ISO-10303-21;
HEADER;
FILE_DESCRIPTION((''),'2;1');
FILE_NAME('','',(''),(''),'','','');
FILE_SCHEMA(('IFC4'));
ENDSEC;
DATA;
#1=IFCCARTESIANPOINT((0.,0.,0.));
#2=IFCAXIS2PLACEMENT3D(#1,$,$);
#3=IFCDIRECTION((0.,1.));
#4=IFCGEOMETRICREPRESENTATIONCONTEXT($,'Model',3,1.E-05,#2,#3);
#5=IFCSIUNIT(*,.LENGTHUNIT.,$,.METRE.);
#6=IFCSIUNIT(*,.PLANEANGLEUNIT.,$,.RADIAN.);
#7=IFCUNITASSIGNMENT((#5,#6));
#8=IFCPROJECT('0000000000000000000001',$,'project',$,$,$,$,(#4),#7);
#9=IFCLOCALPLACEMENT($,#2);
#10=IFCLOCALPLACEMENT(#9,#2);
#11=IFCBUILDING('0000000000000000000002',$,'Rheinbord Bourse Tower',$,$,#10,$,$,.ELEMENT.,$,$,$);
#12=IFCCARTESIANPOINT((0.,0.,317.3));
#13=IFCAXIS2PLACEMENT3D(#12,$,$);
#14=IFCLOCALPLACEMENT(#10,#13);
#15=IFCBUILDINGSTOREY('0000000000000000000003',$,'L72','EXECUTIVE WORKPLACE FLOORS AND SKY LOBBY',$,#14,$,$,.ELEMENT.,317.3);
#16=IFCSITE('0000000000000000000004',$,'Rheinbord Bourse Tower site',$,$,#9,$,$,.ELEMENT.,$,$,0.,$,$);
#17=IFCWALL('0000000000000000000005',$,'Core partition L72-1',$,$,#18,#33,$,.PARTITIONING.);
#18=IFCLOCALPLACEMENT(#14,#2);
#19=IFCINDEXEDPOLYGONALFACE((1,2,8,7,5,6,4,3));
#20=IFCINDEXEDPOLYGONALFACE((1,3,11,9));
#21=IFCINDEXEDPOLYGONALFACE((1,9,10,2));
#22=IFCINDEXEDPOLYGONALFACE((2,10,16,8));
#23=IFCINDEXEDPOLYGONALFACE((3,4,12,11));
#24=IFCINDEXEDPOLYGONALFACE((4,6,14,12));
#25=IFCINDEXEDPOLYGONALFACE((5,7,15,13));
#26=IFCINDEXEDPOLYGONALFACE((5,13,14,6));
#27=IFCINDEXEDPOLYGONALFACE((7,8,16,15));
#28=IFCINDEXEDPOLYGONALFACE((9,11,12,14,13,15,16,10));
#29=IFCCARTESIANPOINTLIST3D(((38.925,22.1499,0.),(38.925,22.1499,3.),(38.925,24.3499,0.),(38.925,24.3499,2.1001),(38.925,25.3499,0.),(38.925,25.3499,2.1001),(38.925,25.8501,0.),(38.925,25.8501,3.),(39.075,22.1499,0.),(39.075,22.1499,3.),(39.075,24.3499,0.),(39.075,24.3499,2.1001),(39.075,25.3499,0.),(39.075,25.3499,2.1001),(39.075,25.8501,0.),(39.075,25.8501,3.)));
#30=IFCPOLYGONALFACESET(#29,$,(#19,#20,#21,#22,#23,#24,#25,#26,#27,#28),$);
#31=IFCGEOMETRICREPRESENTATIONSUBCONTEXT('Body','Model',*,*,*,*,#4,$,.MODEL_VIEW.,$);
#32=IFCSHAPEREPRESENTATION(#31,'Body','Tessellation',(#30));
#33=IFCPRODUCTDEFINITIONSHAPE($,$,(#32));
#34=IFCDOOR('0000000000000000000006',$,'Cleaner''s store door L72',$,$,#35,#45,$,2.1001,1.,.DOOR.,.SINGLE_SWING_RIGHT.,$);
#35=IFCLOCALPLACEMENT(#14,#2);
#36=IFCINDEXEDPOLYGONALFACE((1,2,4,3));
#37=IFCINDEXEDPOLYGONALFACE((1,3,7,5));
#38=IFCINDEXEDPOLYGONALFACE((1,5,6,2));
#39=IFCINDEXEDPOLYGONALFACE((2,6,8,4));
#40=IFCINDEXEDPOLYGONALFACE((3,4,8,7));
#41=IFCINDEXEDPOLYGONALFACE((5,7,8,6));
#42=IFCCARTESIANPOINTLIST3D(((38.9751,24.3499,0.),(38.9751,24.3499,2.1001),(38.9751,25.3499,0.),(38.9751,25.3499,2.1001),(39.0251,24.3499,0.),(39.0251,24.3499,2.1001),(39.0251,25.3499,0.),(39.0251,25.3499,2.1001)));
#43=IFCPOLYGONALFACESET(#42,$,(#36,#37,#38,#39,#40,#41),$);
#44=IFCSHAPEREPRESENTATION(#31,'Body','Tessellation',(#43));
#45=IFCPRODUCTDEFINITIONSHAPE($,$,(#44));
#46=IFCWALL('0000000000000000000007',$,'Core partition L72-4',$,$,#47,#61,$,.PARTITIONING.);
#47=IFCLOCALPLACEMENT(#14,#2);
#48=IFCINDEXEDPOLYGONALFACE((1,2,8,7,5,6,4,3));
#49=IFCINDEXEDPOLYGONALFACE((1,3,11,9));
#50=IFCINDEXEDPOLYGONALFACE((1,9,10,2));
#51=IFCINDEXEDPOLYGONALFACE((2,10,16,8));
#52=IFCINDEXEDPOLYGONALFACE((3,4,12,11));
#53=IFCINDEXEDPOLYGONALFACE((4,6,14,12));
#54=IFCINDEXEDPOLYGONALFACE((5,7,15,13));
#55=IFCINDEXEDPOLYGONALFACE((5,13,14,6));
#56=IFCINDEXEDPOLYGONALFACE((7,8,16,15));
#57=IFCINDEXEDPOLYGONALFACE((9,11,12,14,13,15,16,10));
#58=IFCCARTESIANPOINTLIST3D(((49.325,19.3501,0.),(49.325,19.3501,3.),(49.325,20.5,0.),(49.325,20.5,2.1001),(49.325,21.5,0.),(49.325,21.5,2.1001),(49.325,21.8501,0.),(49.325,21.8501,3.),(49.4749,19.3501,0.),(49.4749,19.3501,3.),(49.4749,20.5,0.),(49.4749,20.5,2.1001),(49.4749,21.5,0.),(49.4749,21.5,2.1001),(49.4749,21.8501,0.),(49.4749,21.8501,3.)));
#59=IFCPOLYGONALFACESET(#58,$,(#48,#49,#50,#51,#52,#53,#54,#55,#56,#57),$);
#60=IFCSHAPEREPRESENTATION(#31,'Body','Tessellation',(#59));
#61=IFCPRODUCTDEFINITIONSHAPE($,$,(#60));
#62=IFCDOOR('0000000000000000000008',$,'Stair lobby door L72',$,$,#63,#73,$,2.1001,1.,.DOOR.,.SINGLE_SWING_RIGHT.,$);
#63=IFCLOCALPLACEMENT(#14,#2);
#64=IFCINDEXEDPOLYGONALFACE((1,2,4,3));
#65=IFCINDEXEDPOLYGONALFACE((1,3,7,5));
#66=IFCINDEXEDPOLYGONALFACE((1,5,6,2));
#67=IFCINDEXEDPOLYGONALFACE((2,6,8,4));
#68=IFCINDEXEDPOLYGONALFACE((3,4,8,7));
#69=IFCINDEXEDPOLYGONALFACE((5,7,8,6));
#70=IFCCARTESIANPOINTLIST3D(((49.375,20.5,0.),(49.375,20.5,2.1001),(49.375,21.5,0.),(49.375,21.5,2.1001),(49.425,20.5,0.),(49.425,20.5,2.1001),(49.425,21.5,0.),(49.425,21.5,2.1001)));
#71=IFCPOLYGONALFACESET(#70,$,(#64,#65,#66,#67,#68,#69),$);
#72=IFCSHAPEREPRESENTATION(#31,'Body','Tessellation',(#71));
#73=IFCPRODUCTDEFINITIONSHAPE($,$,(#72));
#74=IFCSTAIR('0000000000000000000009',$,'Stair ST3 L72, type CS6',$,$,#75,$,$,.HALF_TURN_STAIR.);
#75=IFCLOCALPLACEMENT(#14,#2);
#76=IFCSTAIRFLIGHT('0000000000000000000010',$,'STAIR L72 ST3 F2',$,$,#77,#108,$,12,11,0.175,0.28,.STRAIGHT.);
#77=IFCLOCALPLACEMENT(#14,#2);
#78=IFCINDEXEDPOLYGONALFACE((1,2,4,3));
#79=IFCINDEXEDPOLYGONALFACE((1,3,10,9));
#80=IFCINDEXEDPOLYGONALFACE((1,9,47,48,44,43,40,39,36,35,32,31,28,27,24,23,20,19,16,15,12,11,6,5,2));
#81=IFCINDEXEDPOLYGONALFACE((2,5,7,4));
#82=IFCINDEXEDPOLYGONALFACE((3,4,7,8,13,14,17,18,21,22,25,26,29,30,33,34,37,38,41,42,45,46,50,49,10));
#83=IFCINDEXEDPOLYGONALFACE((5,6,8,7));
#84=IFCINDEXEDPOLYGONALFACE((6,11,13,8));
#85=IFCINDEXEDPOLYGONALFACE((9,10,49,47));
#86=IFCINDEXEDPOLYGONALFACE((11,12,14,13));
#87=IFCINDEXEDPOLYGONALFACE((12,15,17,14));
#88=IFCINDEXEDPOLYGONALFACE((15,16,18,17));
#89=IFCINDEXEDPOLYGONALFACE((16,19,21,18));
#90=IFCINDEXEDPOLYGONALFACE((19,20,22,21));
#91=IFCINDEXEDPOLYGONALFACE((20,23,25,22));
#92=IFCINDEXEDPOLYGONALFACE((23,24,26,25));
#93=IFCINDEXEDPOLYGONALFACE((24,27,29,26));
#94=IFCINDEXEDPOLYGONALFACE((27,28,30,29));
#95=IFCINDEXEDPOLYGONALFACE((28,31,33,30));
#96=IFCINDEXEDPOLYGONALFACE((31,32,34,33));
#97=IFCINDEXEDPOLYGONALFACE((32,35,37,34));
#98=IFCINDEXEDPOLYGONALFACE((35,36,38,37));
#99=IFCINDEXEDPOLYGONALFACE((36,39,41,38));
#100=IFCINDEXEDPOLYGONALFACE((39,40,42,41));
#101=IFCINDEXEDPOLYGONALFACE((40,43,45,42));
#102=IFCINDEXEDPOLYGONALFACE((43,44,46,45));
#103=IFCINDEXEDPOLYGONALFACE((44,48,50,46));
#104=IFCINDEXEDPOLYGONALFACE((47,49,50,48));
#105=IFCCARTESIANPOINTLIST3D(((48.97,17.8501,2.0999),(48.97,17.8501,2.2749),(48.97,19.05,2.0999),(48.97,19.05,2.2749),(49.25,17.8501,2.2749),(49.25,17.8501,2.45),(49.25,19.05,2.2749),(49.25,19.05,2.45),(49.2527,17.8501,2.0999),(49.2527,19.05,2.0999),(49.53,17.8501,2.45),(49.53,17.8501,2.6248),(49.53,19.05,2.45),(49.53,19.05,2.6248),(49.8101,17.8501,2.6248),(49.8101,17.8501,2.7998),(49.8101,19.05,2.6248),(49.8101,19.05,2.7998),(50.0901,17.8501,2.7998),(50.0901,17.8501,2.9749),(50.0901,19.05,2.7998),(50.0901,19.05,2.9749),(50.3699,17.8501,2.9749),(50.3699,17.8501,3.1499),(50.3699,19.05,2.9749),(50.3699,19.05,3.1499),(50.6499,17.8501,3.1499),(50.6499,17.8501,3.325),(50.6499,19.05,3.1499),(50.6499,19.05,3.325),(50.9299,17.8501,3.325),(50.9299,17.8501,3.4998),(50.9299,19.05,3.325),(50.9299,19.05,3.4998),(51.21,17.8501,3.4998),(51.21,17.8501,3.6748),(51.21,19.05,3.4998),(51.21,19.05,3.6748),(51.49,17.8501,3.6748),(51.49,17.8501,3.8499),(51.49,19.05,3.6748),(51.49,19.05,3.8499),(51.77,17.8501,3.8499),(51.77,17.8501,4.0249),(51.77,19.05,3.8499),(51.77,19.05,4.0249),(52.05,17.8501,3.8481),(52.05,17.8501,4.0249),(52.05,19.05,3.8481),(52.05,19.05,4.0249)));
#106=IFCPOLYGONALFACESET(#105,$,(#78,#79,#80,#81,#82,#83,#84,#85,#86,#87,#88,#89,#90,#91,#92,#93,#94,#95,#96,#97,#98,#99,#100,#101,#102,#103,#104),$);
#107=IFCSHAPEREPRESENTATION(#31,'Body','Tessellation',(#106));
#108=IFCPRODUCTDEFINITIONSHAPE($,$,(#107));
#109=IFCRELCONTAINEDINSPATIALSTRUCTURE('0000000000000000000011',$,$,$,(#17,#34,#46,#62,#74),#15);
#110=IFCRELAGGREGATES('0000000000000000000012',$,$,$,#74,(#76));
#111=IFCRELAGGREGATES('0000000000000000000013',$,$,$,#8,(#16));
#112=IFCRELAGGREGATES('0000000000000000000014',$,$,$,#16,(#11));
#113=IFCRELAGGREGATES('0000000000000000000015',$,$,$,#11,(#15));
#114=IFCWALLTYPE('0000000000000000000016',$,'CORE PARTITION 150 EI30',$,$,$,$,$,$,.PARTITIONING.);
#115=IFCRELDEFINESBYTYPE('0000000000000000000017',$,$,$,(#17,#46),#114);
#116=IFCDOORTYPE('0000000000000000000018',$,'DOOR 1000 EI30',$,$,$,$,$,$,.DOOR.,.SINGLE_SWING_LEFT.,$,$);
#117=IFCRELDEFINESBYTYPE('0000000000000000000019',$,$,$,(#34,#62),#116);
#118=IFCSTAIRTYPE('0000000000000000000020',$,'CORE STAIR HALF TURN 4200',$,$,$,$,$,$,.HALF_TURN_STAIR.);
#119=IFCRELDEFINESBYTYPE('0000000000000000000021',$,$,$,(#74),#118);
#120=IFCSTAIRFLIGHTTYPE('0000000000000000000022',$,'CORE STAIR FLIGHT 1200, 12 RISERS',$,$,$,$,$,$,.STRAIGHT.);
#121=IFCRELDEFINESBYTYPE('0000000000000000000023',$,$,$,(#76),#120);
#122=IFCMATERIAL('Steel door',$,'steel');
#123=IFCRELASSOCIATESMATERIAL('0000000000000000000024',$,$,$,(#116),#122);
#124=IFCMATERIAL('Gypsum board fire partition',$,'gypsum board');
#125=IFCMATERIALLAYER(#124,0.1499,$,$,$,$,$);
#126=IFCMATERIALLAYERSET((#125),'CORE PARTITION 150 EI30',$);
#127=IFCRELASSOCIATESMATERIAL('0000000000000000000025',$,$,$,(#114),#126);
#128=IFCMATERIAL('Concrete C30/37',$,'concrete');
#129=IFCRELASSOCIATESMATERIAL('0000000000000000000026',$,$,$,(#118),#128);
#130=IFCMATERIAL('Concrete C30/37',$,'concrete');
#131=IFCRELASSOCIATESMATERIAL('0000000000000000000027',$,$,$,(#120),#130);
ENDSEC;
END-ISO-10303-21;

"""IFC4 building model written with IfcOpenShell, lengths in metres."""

from ifc_helpers import new_model, si_unit, direction, frame, frame_2d, origin, place, context, subcontext, project, spatial, polyline, rectangle, outline, extrude, material, layer, layer_set, type_object, element, fill, aggregate, save


model = new_model("IFC4")

# Units and contexts
model_context = context("Model", 3, precision=1e-05, world=origin(), true_north=direction((0.0, 1.0)))
body_context = subcontext(model_context, "Body", "Model", "MODEL_VIEW")
ifc_project = project(units=[si_unit("LENGTHUNIT", "METRE"), si_unit("PLANEANGLEUNIT", "RADIAN")], contexts=[model_context])

# Site, building, storey
site_placement = place(None, origin())
site = spatial("IfcSite", under=ifc_project, at=site_placement, Name="Rheinbord Bourse Tower site", CompositionType="ELEMENT", RefElevation=0.0)
building_placement = place(site_placement, origin())
building = spatial("IfcBuilding", under=site, at=building_placement, Name="Rheinbord Bourse Tower", CompositionType="ELEMENT")
storey_placement = place(building_placement, frame((0.0, 0.0, 317.3)))
storey = spatial("IfcBuildingStorey", under=building, at=storey_placement, Name="L72", Description="EXECUTIVE WORKPLACE FLOORS AND SKY LOBBY", CompositionType="ELEMENT", Elevation=317.3)

# Shared definitions
ifc_material_1 = material(Name="Steel door", Category="steel")
door_type_1 = type_object("IfcDoorType", Name="DOOR 1000 EI30", OperationType="SINGLE_SWING_LEFT", PredefinedType="DOOR", material=ifc_material_1)

# Walls, openings, doors
ifc_material_2 = material(Name="Gypsum board fire partition", Category="gypsum board")
ifc_layer_1 = layer(ifc_material_2, 0.1499)
ifc_layer_set_1 = layer_set([ifc_layer_1], Name="CORE PARTITION 150 EI30")
wall_type_1 = type_object("IfcWallType", Name="CORE PARTITION 150 EI30", PredefinedType="PARTITIONING", material=ifc_layer_set_1)
wall_1_placement = place(storey_placement, frame((39.0, 22.1499, 0.0), z_axis=(0.0, 0.0, 1.0), x_axis=(0.0, 1.0, 0.0)))
wall_1 = element("IfcWall", 1, at=wall_1_placement, inside=storey, type_object=wall_type_1, Name="Core partition L72-1", PredefinedType="PARTITIONING", context=body_context, shape_type="SweptSolid", body=[
    extrude(rectangle(XDim=3.7002, YDim=0.1499, at=frame_2d((1.8501, 0.0))), origin(), (0.0, 0.0, 1.0), 3.0),
])
opening_1_placement = place(wall_1_placement, frame((2.2, 0.0, 0.0)))
opening_1 = element("IfcOpeningElement", 2, at=opening_1_placement, cuts=wall_1, PredefinedType="OPENING", context=body_context, shape_type="SweptSolid", body=[
    extrude(rectangle(XDim=1.0, YDim=2.1001, at=frame_2d((0.5, 1.05))), frame((0.0, 0.085, 0.0), z_axis=(0.0, -1.0, 0.0), x_axis=(1.0, 0.0, 0.0)), (0.0, 0.0, 1.0), 0.1699),
])
door_1_placement = place(opening_1_placement, origin())
door_1 = element("IfcDoor", 3, at=door_1_placement, inside=storey, type_object=door_type_1, Name="Cleaner's store door L72", OperationType="SINGLE_SWING_RIGHT", OverallHeight=2.1001, OverallWidth=1.0, PredefinedType="DOOR", context=body_context, shape_type="SweptSolid", body=[
    extrude(rectangle(XDim=1.0, YDim=2.1001, at=frame_2d((0.5, 1.05))), frame((0.0, 0.0249, 0.0), z_axis=(0.0, -1.0, 0.0), x_axis=(1.0, 0.0, 0.0)), (0.0, 0.0, 1.0), 0.05),
])
fill(opening_1, door_1)
wall_2_placement = place(storey_placement, frame((49.3999, 19.3501, 0.0), z_axis=(0.0, 0.0, 1.0), x_axis=(0.0, 1.0, 0.0)))
wall_2 = element("IfcWall", 4, at=wall_2_placement, inside=storey, type_object=wall_type_1, Name="Core partition L72-4", PredefinedType="PARTITIONING", context=body_context, shape_type="SweptSolid", body=[
    extrude(rectangle(XDim=2.5, YDim=0.1499, at=frame_2d((1.25, 0.0))), origin(), (0.0, 0.0, 1.0), 3.0),
])
opening_2_placement = place(wall_2_placement, frame((1.1499, 0.0, 0.0)))
opening_2 = element("IfcOpeningElement", 5, at=opening_2_placement, cuts=wall_2, PredefinedType="OPENING", context=body_context, shape_type="SweptSolid", body=[
    extrude(rectangle(XDim=1.0, YDim=2.1001, at=frame_2d((0.5, 1.05))), frame((0.0, 0.085, 0.0), z_axis=(0.0, -1.0, 0.0), x_axis=(1.0, 0.0, 0.0)), (0.0, 0.0, 1.0), 0.1699),
])
door_2_placement = place(opening_2_placement, origin())
door_2 = element("IfcDoor", 6, at=door_2_placement, inside=storey, type_object=door_type_1, Name="Stair lobby door L72", OperationType="SINGLE_SWING_RIGHT", OverallHeight=2.1001, OverallWidth=1.0, PredefinedType="DOOR", context=body_context, shape_type="SweptSolid", body=[
    extrude(rectangle(XDim=1.0, YDim=2.1001, at=frame_2d((0.5, 1.05))), frame((0.0, 0.0249, 0.0), z_axis=(0.0, -1.0, 0.0), x_axis=(1.0, 0.0, 0.0)), (0.0, 0.0, 1.0), 0.05),
])
fill(opening_2, door_2)

# Stair, stair flight
ifc_material_3 = material(Name="Concrete C30/37", Category="concrete")
stair_type = type_object("IfcStairType", Name="CORE STAIR HALF TURN 4200", PredefinedType="HALF_TURN_STAIR", material=ifc_material_3)
stair_placement = place(storey_placement, origin())
stair = element("IfcStair", 7, at=stair_placement, inside=storey, type_object=stair_type, Name="Stair ST3 L72, type CS6", PredefinedType="HALF_TURN_STAIR")
ifc_material_4 = material(Name="Concrete C30/37", Category="concrete")
stair_flight_type = type_object("IfcStairFlightType", Name="CORE STAIR FLIGHT 1200, 12 RISERS", PredefinedType="STRAIGHT", material=ifc_material_4)
stair_flight_placement = place(storey_placement, frame((48.97, 18.45, 2.0999), z_axis=(0.0, 0.0, 1.0), x_axis=(1.0, 0.0, 0.0)))
stair_flight = element("IfcStairFlight", 8, at=stair_flight_placement, type_object=stair_flight_type, Name="STAIR L72 ST3 F2", NumberOfRisers=12, NumberOfTreads=11, PredefinedType="STRAIGHT", RiserHeight=0.175, TreadLength=0.28, context=body_context, shape_type="SweptSolid", body=[
    extrude(outline(polyline([(0.0, 0.0), (0.0, 0.175), (0.28, 0.175), (0.28, 0.3501), (0.5601, 0.3501), (0.5601, 0.5249), (0.8401, 0.5249), (0.8401, 0.7), (1.1201, 0.7), (1.1201, 0.875), (1.3999, 0.875), (1.3999, 1.05), (1.6799, 1.05), (1.6799, 1.2251), (1.96, 1.2251), (1.96, 1.3999), (2.24, 1.3999), (2.24, 1.575), (2.52, 1.575), (2.52, 1.75), (2.8, 1.75), (2.8, 1.925), (3.0801, 1.925), (3.0801, 2.1001), (3.0801, 1.7483), (0.2827, 0.0), (0.0, 0.0)])), frame((0.0, 0.6001, 0.0), z_axis=(0.0, -1.0, 0.0), x_axis=(1.0, 0.0, 0.0)), (0.0, 0.0, 1.0), 1.2),
])
aggregate(stair, [stair_flight])

save(model, "model.ifc")
